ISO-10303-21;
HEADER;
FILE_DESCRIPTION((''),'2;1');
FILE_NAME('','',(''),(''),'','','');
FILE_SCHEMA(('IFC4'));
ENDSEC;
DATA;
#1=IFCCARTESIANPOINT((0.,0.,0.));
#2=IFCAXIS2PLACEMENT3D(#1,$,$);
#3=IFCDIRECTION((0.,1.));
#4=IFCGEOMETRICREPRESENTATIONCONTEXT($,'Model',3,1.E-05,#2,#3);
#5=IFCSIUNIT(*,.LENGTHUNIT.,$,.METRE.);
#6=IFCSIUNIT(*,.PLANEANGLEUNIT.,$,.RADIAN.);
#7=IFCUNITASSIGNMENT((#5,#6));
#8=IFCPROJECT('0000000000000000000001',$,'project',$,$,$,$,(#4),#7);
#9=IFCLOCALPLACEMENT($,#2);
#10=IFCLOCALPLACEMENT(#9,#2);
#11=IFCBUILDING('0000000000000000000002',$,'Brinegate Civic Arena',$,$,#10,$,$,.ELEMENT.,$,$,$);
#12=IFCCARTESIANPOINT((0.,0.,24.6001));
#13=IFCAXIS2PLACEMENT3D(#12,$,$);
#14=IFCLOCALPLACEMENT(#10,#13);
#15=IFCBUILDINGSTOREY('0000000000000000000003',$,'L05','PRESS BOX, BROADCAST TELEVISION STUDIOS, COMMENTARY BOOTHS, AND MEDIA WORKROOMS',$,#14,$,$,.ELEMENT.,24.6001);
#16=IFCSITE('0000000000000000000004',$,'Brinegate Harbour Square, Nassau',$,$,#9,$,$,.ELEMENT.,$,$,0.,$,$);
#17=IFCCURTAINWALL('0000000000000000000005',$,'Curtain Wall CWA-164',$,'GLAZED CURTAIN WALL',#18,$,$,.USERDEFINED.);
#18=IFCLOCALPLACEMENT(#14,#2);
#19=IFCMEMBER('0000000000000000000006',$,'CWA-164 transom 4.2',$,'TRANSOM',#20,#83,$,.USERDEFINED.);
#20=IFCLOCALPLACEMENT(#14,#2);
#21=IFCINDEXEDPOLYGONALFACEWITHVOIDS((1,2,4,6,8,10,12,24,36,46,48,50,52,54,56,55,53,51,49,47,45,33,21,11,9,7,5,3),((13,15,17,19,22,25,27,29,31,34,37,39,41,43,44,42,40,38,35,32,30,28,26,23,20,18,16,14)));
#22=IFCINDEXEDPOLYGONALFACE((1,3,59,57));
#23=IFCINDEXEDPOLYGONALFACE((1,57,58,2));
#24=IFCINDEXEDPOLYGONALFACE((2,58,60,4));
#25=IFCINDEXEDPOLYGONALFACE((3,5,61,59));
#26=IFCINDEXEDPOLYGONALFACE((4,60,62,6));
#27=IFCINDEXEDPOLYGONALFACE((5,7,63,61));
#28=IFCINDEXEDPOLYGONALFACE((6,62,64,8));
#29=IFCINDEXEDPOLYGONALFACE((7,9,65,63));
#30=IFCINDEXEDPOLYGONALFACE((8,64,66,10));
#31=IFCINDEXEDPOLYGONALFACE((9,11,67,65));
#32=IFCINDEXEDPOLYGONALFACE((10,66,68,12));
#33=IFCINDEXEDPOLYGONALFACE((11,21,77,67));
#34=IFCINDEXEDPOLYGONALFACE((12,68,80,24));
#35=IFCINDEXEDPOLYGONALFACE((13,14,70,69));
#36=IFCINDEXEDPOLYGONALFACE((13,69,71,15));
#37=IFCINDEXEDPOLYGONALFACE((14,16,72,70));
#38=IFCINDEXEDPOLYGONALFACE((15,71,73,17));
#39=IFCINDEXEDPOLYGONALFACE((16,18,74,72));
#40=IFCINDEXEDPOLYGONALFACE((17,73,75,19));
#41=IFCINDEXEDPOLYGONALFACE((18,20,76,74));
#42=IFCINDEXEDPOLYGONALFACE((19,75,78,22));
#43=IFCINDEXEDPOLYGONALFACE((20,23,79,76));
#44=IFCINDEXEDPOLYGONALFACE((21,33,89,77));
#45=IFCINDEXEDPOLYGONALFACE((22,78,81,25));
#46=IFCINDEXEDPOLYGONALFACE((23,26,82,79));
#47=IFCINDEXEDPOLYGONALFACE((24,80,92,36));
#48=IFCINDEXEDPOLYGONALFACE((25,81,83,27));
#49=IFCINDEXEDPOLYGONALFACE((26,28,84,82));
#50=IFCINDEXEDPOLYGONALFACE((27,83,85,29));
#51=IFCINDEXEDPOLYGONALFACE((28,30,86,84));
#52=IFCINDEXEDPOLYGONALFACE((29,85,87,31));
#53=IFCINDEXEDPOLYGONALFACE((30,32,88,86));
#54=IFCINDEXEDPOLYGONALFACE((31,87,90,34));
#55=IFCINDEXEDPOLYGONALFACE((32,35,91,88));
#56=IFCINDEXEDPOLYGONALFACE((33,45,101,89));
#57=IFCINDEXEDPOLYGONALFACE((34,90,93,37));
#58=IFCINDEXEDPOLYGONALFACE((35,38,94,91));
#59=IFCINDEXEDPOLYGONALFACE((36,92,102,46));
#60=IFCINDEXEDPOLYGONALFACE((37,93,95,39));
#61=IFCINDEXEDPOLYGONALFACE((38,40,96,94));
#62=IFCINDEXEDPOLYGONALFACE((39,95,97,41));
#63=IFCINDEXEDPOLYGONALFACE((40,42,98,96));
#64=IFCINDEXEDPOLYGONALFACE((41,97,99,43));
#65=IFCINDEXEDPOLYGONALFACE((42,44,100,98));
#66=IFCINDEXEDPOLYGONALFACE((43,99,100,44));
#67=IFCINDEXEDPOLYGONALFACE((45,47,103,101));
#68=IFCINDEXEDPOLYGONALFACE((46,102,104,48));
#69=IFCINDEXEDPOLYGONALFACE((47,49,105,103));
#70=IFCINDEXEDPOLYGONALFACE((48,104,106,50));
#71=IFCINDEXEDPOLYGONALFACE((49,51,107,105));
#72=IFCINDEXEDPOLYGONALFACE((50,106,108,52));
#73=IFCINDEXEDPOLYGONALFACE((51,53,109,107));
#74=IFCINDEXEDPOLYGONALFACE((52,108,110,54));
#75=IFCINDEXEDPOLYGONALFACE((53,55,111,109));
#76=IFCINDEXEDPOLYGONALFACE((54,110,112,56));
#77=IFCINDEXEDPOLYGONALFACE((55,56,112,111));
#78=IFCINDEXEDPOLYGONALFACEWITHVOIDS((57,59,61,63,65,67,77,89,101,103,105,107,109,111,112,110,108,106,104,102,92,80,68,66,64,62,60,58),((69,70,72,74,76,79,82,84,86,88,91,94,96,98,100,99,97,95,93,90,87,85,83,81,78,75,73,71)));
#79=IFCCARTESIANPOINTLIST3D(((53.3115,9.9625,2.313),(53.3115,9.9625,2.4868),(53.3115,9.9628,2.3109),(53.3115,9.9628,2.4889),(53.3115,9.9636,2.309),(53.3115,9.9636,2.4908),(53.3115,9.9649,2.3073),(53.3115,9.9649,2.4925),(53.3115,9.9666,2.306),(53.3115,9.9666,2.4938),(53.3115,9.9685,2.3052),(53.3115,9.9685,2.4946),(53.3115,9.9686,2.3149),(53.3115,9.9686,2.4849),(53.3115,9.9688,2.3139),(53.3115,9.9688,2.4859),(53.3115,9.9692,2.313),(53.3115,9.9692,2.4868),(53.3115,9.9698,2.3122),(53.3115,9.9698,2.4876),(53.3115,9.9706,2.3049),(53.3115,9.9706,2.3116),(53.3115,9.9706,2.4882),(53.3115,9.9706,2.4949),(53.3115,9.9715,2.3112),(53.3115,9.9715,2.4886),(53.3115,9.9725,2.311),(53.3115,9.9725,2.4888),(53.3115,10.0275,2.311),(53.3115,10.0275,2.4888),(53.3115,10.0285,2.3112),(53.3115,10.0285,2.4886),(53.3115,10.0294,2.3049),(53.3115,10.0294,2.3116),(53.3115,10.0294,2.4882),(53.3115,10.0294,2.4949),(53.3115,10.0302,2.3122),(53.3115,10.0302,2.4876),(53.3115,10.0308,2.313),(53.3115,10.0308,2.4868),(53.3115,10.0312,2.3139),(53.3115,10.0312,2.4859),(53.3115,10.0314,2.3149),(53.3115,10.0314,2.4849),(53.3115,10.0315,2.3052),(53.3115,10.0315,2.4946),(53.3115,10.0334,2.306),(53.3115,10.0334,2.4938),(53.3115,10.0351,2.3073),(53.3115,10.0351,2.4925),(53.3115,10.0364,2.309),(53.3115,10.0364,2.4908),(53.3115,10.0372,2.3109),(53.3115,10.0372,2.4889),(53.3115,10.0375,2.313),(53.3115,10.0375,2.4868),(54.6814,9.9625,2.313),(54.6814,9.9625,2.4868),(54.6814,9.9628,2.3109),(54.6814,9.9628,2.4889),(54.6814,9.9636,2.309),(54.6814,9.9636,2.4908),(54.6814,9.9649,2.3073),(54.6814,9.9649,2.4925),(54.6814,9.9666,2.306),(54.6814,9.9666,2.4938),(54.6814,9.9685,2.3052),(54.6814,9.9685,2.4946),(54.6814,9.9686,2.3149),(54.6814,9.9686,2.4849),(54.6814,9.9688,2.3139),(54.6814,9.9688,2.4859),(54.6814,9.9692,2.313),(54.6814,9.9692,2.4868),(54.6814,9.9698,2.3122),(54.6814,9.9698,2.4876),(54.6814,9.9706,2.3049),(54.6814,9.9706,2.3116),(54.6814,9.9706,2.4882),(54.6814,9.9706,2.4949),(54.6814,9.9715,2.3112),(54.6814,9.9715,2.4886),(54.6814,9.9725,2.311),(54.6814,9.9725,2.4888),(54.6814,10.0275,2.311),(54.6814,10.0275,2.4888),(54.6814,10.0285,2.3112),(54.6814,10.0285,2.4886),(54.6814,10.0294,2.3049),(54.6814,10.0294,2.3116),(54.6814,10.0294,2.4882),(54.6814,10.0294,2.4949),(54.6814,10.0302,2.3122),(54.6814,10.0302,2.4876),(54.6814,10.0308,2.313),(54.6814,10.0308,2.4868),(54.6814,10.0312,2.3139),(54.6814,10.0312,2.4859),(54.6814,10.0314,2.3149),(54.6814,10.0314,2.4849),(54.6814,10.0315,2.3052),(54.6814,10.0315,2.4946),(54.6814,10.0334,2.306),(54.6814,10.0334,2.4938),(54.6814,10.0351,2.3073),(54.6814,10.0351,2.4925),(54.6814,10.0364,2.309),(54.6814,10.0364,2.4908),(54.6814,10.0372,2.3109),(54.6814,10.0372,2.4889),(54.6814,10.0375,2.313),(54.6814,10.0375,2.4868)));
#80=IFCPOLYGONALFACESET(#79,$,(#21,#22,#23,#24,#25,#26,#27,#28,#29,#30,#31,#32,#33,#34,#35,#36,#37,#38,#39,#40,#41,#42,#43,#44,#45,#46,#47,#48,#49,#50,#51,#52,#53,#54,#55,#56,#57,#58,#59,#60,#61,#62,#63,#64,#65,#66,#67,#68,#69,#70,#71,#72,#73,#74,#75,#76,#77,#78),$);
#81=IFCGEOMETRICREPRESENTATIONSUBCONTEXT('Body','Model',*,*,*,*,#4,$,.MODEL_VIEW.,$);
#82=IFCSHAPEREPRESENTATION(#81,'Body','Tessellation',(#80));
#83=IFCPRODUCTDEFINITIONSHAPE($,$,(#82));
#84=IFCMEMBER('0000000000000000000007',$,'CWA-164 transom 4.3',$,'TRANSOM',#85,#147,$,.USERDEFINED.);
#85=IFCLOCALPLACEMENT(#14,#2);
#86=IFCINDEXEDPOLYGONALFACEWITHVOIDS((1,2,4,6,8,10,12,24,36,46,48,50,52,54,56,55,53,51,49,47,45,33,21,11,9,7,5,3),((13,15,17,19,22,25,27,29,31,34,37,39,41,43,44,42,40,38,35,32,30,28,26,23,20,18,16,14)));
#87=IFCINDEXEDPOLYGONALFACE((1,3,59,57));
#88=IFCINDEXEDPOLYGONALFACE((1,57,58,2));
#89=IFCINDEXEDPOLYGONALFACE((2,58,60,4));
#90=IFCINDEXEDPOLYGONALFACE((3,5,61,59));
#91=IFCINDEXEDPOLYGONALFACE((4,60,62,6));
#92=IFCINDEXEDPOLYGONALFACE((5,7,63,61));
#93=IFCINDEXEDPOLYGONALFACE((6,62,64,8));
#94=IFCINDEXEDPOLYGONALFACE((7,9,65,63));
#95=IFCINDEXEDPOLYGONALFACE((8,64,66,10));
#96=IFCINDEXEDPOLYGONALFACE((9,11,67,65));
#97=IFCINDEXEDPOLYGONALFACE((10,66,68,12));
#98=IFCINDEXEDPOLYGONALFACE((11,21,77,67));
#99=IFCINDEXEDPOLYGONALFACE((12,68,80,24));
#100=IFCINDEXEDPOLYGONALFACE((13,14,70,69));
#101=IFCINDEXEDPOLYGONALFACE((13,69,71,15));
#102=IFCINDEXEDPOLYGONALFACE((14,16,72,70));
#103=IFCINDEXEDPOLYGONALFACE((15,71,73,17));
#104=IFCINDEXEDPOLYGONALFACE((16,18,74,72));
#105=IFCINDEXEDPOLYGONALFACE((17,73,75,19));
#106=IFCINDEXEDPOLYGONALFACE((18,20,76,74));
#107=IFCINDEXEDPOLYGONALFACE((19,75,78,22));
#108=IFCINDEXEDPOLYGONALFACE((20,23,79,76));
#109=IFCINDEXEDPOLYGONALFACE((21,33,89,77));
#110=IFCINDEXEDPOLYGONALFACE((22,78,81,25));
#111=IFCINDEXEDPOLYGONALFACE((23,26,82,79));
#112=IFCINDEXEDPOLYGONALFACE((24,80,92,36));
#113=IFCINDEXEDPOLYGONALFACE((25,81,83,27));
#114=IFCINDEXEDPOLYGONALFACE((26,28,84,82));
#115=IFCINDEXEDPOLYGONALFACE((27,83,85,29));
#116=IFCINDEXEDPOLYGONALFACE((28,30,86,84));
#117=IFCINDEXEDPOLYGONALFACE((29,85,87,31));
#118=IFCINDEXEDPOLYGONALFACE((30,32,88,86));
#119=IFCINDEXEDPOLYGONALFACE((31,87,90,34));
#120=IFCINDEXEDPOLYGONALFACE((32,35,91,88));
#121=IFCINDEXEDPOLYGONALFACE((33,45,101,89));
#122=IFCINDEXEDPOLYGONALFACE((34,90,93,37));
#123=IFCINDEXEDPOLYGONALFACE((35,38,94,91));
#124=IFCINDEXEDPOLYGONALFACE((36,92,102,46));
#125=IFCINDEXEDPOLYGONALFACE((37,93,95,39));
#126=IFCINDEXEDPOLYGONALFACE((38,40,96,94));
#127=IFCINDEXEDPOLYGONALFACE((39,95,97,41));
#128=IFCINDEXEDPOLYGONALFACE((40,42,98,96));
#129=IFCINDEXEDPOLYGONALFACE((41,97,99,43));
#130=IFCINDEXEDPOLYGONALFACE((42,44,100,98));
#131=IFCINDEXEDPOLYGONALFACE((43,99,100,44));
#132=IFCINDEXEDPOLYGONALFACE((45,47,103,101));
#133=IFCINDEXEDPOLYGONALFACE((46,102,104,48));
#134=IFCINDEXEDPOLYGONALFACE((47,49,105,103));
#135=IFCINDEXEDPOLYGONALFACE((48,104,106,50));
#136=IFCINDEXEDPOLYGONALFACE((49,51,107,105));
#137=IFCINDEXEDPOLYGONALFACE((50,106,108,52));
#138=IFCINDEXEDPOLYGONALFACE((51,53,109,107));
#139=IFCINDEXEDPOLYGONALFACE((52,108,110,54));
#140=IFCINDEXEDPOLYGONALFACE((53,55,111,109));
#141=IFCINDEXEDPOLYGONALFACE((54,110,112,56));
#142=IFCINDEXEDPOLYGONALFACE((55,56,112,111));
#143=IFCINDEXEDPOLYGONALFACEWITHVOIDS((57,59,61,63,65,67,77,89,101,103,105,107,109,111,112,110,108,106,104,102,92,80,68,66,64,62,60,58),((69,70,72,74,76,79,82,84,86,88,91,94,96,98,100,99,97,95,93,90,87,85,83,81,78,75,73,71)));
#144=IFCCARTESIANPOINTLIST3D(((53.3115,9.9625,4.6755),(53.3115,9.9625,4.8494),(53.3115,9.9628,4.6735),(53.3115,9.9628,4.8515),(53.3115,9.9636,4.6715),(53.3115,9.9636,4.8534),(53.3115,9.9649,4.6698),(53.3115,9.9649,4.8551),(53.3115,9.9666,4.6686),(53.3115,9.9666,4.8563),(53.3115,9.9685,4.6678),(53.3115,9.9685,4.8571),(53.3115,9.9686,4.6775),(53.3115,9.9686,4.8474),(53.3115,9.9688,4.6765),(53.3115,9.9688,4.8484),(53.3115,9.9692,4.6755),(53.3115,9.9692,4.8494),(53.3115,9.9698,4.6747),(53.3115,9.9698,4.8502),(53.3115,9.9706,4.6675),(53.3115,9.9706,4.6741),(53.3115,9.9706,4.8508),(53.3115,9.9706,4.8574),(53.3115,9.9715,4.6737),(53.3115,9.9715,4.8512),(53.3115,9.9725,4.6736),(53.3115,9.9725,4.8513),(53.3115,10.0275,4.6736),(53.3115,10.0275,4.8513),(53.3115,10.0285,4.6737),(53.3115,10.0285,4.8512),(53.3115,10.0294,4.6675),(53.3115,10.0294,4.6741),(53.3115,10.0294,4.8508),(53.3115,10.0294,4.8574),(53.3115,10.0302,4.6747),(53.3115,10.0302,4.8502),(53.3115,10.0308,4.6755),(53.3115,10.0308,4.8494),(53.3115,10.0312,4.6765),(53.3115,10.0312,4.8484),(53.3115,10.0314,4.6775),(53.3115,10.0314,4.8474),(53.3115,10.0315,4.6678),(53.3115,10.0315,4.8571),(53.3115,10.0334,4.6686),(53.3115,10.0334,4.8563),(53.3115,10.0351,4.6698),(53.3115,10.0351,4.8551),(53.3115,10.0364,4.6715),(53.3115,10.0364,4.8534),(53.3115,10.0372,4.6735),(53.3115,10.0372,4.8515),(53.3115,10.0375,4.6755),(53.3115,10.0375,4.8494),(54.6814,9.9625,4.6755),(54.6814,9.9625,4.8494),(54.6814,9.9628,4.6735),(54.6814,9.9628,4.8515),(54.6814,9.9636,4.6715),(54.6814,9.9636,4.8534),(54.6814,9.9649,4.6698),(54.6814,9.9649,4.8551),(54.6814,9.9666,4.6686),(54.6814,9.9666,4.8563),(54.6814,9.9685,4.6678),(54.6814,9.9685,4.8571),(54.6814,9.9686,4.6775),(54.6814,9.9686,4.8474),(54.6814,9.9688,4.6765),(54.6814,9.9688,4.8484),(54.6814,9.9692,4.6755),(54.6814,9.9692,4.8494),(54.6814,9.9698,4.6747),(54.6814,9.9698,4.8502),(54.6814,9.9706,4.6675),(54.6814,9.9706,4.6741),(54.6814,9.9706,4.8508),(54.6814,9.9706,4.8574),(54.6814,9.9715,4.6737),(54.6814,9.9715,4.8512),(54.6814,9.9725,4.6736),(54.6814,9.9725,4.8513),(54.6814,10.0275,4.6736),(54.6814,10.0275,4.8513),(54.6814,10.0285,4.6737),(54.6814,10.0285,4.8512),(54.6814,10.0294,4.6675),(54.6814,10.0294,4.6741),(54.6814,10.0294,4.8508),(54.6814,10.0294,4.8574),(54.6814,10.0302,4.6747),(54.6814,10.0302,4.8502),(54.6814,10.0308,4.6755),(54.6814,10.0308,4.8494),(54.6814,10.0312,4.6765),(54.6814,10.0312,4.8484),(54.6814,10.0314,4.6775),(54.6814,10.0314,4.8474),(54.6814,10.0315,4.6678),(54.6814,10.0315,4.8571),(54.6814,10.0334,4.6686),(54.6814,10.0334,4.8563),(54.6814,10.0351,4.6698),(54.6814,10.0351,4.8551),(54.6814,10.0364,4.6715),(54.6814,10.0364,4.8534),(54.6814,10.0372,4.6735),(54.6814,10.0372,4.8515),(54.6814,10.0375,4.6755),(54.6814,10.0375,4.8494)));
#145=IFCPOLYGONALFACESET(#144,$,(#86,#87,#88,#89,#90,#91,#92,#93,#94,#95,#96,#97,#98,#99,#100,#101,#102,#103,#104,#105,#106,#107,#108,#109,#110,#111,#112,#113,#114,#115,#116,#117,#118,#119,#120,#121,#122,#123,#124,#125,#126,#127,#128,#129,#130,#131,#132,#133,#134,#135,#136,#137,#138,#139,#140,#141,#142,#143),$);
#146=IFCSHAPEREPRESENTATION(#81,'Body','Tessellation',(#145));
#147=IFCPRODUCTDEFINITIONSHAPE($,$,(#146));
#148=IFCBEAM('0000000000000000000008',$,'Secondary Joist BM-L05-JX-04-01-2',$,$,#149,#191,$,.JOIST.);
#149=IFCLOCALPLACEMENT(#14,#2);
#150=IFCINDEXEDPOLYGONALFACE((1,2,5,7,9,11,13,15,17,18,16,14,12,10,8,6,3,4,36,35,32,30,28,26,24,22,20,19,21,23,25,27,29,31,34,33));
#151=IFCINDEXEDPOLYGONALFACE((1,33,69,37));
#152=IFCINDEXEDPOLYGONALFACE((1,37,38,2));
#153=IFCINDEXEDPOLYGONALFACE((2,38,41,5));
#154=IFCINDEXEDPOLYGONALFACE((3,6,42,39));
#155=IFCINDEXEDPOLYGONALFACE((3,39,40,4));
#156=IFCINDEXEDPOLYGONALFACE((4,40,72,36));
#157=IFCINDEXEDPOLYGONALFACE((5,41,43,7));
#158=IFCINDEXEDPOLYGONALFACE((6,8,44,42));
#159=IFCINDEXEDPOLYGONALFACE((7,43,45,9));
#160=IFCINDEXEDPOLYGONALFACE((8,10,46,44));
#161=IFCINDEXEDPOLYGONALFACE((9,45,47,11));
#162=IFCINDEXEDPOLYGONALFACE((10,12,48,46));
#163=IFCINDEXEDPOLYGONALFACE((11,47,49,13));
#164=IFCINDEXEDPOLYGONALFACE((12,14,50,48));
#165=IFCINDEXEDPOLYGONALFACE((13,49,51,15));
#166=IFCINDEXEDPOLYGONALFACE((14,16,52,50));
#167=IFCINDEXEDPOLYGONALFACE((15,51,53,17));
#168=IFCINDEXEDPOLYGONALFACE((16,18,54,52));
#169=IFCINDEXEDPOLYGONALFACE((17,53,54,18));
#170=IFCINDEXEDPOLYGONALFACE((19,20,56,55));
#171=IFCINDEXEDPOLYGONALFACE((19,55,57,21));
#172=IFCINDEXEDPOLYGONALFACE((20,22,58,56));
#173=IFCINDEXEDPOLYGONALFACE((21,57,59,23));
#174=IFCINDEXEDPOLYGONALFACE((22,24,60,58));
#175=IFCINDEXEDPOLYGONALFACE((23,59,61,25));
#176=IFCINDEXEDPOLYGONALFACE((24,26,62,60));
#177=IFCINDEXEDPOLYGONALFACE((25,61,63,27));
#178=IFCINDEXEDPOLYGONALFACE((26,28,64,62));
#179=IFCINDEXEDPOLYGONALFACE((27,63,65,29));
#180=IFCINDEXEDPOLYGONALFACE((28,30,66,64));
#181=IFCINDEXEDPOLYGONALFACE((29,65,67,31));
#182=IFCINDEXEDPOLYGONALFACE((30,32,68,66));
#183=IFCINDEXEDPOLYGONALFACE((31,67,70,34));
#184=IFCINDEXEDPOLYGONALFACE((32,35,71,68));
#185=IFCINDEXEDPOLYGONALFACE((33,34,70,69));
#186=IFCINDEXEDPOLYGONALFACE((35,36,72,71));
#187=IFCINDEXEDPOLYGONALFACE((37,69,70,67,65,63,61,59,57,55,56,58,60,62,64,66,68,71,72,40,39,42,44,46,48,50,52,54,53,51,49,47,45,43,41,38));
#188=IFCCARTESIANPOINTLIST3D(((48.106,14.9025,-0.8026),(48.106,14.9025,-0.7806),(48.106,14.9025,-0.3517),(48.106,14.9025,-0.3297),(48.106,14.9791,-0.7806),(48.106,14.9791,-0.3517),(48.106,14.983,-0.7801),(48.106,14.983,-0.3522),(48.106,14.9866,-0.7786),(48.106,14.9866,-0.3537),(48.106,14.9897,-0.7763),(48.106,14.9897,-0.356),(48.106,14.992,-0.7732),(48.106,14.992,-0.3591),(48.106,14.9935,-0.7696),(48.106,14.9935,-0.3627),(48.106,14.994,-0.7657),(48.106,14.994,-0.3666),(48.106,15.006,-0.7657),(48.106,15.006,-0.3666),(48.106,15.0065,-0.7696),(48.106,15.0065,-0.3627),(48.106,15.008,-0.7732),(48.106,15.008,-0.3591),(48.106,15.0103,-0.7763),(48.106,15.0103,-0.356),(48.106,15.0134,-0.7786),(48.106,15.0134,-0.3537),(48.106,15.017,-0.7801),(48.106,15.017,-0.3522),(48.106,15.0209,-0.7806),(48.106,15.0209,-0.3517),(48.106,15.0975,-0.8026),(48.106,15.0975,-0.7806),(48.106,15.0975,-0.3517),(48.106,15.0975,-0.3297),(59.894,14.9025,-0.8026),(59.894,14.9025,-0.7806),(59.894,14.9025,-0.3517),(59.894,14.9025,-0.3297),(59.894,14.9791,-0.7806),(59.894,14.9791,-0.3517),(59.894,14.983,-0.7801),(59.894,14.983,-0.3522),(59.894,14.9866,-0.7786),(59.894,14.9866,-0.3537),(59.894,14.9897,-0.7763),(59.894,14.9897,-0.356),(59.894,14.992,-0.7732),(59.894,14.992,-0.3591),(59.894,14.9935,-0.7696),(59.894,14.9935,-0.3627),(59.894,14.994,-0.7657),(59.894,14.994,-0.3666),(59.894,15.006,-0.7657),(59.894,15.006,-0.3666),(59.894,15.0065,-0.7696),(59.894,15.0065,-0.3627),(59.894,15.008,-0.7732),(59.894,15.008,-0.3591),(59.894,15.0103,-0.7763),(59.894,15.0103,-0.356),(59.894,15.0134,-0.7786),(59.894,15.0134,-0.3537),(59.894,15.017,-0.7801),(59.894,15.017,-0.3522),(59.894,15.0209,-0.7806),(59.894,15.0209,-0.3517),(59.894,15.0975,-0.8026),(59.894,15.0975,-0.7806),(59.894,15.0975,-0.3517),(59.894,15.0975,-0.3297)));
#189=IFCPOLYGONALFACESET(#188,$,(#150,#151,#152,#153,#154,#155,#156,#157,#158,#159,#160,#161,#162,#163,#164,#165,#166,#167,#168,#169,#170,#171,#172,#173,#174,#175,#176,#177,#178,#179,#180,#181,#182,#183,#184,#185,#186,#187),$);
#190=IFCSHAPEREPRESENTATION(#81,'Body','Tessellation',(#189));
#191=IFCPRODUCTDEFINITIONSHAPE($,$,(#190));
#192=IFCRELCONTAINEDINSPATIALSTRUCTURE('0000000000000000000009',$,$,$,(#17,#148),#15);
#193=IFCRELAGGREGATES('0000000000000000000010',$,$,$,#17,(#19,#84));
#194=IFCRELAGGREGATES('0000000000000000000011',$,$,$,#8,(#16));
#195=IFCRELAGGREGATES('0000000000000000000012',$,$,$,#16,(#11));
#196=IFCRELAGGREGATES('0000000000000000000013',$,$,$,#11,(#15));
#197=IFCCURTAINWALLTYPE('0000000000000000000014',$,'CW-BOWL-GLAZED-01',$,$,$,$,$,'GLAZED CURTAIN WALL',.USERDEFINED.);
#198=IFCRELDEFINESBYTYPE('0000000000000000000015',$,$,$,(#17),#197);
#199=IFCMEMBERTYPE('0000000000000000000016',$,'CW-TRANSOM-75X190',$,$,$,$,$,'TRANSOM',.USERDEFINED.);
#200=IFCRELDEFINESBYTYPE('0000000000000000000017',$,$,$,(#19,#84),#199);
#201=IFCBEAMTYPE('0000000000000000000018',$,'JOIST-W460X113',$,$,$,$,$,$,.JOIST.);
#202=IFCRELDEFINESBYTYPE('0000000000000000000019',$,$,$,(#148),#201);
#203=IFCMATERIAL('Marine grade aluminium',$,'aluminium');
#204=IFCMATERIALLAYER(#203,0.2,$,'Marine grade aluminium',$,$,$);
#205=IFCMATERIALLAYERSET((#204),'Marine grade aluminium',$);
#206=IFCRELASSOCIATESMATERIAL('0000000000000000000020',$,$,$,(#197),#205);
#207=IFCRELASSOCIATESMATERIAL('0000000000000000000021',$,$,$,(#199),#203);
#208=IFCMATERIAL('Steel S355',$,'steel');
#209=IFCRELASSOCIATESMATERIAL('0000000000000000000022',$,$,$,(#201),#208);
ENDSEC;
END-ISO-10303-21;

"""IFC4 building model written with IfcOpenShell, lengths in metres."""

from ifc_helpers import new_model, si_unit, direction, frame, origin, origin_2d, place, context, subcontext, project, spatial, hollow_rectangle, i_section, extrude, material, layer, layer_set, material_profile, profile_set, type_object, element, aggregate, save


model = new_model("IFC4")

# Units and contexts
model_context = context("Model", 3, precision=1e-05, world=origin(), true_north=direction((0.0, 1.0)))
body_context = subcontext(model_context, "Body", "Model", "MODEL_VIEW")
ifc_project = project(units=[si_unit("LENGTHUNIT", "METRE"), si_unit("PLANEANGLEUNIT", "RADIAN")], contexts=[model_context])

# Site, building, storey
site_placement = place(None, origin())
site = spatial("IfcSite", under=ifc_project, at=site_placement, Name="Brinegate Harbour Square, Nassau", CompositionType="ELEMENT", RefElevation=0.0)
building_placement = place(site_placement, origin())
building = spatial("IfcBuilding", under=site, at=building_placement, Name="Brinegate Civic Arena", CompositionType="ELEMENT")
storey_placement = place(building_placement, frame((0.0, 0.0, 24.6001)))
storey = spatial("IfcBuildingStorey", under=building, at=storey_placement, Name="L05", Description="PRESS BOX, BROADCAST TELEVISION STUDIOS, COMMENTARY BOOTHS, AND MEDIA WORKROOMS", CompositionType="ELEMENT", Elevation=24.6001)

# Curtain wall, members
ifc_material_1 = material(Name="Marine grade aluminium", Category="aluminium")
ifc_layer_1 = layer(ifc_material_1, 0.2, Name="Marine grade aluminium")
ifc_layer_set_1 = layer_set([ifc_layer_1], Name="Marine grade aluminium")
curtain_wall_type = type_object("IfcCurtainWallType", Name="CW-BOWL-GLAZED-01", ElementType="GLAZED CURTAIN WALL", PredefinedType="USERDEFINED", material=ifc_layer_set_1)
curtain_wall_placement = place(storey_placement, origin())
curtain_wall = element("IfcCurtainWall", 1, at=curtain_wall_placement, inside=storey, type_object=curtain_wall_type, Name="Curtain Wall CWA-164", ObjectType="GLAZED CURTAIN WALL", PredefinedType="USERDEFINED")
ifc_material_profile_1 = material_profile(ifc_material_1, hollow_rectangle(XDim=0.075, YDim=0.1899, WallThickness=0.0061, InnerFilletRadius=0.0039, OuterFilletRadius=0.0081, at=origin_2d()), Name="TRN75X190")
ifc_profile_set_1 = profile_set([ifc_material_profile_1], Name="Marine grade aluminium")
member_type_1 = type_object("IfcMemberType", Name="CW-TRANSOM-75X190", ElementType="TRANSOM", PredefinedType="USERDEFINED", material=ifc_profile_set_1)
member_1_placement = place(storey_placement, frame((53.3115, 10.0, 2.3999), z_axis=(1.0, 0.0, 0.0), x_axis=(0.0, 1.0, 0.0)))
member_1 = element("IfcMember", 2, at=member_1_placement, type_object=member_type_1, Name="CWA-164 transom 4.2", ObjectType="TRANSOM", PredefinedType="USERDEFINED", context=body_context, shape_type="SweptSolid", body=[
    extrude(hollow_rectangle(XDim=0.075, YDim=0.1899, WallThickness=0.0061, InnerFilletRadius=0.0039, OuterFilletRadius=0.0081, at=origin_2d()), origin(), (0.0, 0.0, 1.0), 1.3699),
])
member_2_placement = place(storey_placement, frame((53.3115, 10.0, 4.7625), z_axis=(1.0, 0.0, 0.0), x_axis=(0.0, 1.0, 0.0)))
member_2 = element("IfcMember", 3, at=member_2_placement, type_object=member_type_1, Name="CWA-164 transom 4.3", ObjectType="TRANSOM", PredefinedType="USERDEFINED", context=body_context, shape_type="SweptSolid", body=[
    extrude(hollow_rectangle(XDim=0.075, YDim=0.1899, WallThickness=0.0061, InnerFilletRadius=0.0039, OuterFilletRadius=0.0081, at=origin_2d()), origin(), (0.0, 0.0, 1.0), 1.3699),
])

# Beam
ifc_material_2 = material(Name="Steel S355", Category="steel")
ifc_material_profile_2 = material_profile(ifc_material_2, i_section(OverallWidth=0.1951, OverallDepth=0.4729, WebThickness=0.012, FlangeThickness=0.022, FilletRadius=0.0149, at=origin_2d()), Name="W460X113")
ifc_profile_set_2 = profile_set([ifc_material_profile_2], Name="Steel S355")
beam_type_1 = type_object("IfcBeamType", Name="JOIST-W460X113", PredefinedType="JOIST", material=ifc_profile_set_2)
beam_1_placement = place(storey_placement, frame((48.106, 15.0, -0.5662), z_axis=(1.0, 0.0, 0.0), x_axis=(0.0, 1.0, 0.0)))
element("IfcBeam", 4, at=beam_1_placement, inside=storey, type_object=beam_type_1, Name="Secondary Joist BM-L05-JX-04-01-2", PredefinedType="JOIST", context=body_context, shape_type="SweptSolid", body=[
    extrude(i_section(OverallWidth=0.1951, OverallDepth=0.4729, WebThickness=0.012, FlangeThickness=0.022, FilletRadius=0.0149, at=origin_2d()), origin(), (0.0, 0.0, 1.0), 11.7881),
])

aggregate(curtain_wall, [member_1, member_2])

save(model, "model.ifc")
